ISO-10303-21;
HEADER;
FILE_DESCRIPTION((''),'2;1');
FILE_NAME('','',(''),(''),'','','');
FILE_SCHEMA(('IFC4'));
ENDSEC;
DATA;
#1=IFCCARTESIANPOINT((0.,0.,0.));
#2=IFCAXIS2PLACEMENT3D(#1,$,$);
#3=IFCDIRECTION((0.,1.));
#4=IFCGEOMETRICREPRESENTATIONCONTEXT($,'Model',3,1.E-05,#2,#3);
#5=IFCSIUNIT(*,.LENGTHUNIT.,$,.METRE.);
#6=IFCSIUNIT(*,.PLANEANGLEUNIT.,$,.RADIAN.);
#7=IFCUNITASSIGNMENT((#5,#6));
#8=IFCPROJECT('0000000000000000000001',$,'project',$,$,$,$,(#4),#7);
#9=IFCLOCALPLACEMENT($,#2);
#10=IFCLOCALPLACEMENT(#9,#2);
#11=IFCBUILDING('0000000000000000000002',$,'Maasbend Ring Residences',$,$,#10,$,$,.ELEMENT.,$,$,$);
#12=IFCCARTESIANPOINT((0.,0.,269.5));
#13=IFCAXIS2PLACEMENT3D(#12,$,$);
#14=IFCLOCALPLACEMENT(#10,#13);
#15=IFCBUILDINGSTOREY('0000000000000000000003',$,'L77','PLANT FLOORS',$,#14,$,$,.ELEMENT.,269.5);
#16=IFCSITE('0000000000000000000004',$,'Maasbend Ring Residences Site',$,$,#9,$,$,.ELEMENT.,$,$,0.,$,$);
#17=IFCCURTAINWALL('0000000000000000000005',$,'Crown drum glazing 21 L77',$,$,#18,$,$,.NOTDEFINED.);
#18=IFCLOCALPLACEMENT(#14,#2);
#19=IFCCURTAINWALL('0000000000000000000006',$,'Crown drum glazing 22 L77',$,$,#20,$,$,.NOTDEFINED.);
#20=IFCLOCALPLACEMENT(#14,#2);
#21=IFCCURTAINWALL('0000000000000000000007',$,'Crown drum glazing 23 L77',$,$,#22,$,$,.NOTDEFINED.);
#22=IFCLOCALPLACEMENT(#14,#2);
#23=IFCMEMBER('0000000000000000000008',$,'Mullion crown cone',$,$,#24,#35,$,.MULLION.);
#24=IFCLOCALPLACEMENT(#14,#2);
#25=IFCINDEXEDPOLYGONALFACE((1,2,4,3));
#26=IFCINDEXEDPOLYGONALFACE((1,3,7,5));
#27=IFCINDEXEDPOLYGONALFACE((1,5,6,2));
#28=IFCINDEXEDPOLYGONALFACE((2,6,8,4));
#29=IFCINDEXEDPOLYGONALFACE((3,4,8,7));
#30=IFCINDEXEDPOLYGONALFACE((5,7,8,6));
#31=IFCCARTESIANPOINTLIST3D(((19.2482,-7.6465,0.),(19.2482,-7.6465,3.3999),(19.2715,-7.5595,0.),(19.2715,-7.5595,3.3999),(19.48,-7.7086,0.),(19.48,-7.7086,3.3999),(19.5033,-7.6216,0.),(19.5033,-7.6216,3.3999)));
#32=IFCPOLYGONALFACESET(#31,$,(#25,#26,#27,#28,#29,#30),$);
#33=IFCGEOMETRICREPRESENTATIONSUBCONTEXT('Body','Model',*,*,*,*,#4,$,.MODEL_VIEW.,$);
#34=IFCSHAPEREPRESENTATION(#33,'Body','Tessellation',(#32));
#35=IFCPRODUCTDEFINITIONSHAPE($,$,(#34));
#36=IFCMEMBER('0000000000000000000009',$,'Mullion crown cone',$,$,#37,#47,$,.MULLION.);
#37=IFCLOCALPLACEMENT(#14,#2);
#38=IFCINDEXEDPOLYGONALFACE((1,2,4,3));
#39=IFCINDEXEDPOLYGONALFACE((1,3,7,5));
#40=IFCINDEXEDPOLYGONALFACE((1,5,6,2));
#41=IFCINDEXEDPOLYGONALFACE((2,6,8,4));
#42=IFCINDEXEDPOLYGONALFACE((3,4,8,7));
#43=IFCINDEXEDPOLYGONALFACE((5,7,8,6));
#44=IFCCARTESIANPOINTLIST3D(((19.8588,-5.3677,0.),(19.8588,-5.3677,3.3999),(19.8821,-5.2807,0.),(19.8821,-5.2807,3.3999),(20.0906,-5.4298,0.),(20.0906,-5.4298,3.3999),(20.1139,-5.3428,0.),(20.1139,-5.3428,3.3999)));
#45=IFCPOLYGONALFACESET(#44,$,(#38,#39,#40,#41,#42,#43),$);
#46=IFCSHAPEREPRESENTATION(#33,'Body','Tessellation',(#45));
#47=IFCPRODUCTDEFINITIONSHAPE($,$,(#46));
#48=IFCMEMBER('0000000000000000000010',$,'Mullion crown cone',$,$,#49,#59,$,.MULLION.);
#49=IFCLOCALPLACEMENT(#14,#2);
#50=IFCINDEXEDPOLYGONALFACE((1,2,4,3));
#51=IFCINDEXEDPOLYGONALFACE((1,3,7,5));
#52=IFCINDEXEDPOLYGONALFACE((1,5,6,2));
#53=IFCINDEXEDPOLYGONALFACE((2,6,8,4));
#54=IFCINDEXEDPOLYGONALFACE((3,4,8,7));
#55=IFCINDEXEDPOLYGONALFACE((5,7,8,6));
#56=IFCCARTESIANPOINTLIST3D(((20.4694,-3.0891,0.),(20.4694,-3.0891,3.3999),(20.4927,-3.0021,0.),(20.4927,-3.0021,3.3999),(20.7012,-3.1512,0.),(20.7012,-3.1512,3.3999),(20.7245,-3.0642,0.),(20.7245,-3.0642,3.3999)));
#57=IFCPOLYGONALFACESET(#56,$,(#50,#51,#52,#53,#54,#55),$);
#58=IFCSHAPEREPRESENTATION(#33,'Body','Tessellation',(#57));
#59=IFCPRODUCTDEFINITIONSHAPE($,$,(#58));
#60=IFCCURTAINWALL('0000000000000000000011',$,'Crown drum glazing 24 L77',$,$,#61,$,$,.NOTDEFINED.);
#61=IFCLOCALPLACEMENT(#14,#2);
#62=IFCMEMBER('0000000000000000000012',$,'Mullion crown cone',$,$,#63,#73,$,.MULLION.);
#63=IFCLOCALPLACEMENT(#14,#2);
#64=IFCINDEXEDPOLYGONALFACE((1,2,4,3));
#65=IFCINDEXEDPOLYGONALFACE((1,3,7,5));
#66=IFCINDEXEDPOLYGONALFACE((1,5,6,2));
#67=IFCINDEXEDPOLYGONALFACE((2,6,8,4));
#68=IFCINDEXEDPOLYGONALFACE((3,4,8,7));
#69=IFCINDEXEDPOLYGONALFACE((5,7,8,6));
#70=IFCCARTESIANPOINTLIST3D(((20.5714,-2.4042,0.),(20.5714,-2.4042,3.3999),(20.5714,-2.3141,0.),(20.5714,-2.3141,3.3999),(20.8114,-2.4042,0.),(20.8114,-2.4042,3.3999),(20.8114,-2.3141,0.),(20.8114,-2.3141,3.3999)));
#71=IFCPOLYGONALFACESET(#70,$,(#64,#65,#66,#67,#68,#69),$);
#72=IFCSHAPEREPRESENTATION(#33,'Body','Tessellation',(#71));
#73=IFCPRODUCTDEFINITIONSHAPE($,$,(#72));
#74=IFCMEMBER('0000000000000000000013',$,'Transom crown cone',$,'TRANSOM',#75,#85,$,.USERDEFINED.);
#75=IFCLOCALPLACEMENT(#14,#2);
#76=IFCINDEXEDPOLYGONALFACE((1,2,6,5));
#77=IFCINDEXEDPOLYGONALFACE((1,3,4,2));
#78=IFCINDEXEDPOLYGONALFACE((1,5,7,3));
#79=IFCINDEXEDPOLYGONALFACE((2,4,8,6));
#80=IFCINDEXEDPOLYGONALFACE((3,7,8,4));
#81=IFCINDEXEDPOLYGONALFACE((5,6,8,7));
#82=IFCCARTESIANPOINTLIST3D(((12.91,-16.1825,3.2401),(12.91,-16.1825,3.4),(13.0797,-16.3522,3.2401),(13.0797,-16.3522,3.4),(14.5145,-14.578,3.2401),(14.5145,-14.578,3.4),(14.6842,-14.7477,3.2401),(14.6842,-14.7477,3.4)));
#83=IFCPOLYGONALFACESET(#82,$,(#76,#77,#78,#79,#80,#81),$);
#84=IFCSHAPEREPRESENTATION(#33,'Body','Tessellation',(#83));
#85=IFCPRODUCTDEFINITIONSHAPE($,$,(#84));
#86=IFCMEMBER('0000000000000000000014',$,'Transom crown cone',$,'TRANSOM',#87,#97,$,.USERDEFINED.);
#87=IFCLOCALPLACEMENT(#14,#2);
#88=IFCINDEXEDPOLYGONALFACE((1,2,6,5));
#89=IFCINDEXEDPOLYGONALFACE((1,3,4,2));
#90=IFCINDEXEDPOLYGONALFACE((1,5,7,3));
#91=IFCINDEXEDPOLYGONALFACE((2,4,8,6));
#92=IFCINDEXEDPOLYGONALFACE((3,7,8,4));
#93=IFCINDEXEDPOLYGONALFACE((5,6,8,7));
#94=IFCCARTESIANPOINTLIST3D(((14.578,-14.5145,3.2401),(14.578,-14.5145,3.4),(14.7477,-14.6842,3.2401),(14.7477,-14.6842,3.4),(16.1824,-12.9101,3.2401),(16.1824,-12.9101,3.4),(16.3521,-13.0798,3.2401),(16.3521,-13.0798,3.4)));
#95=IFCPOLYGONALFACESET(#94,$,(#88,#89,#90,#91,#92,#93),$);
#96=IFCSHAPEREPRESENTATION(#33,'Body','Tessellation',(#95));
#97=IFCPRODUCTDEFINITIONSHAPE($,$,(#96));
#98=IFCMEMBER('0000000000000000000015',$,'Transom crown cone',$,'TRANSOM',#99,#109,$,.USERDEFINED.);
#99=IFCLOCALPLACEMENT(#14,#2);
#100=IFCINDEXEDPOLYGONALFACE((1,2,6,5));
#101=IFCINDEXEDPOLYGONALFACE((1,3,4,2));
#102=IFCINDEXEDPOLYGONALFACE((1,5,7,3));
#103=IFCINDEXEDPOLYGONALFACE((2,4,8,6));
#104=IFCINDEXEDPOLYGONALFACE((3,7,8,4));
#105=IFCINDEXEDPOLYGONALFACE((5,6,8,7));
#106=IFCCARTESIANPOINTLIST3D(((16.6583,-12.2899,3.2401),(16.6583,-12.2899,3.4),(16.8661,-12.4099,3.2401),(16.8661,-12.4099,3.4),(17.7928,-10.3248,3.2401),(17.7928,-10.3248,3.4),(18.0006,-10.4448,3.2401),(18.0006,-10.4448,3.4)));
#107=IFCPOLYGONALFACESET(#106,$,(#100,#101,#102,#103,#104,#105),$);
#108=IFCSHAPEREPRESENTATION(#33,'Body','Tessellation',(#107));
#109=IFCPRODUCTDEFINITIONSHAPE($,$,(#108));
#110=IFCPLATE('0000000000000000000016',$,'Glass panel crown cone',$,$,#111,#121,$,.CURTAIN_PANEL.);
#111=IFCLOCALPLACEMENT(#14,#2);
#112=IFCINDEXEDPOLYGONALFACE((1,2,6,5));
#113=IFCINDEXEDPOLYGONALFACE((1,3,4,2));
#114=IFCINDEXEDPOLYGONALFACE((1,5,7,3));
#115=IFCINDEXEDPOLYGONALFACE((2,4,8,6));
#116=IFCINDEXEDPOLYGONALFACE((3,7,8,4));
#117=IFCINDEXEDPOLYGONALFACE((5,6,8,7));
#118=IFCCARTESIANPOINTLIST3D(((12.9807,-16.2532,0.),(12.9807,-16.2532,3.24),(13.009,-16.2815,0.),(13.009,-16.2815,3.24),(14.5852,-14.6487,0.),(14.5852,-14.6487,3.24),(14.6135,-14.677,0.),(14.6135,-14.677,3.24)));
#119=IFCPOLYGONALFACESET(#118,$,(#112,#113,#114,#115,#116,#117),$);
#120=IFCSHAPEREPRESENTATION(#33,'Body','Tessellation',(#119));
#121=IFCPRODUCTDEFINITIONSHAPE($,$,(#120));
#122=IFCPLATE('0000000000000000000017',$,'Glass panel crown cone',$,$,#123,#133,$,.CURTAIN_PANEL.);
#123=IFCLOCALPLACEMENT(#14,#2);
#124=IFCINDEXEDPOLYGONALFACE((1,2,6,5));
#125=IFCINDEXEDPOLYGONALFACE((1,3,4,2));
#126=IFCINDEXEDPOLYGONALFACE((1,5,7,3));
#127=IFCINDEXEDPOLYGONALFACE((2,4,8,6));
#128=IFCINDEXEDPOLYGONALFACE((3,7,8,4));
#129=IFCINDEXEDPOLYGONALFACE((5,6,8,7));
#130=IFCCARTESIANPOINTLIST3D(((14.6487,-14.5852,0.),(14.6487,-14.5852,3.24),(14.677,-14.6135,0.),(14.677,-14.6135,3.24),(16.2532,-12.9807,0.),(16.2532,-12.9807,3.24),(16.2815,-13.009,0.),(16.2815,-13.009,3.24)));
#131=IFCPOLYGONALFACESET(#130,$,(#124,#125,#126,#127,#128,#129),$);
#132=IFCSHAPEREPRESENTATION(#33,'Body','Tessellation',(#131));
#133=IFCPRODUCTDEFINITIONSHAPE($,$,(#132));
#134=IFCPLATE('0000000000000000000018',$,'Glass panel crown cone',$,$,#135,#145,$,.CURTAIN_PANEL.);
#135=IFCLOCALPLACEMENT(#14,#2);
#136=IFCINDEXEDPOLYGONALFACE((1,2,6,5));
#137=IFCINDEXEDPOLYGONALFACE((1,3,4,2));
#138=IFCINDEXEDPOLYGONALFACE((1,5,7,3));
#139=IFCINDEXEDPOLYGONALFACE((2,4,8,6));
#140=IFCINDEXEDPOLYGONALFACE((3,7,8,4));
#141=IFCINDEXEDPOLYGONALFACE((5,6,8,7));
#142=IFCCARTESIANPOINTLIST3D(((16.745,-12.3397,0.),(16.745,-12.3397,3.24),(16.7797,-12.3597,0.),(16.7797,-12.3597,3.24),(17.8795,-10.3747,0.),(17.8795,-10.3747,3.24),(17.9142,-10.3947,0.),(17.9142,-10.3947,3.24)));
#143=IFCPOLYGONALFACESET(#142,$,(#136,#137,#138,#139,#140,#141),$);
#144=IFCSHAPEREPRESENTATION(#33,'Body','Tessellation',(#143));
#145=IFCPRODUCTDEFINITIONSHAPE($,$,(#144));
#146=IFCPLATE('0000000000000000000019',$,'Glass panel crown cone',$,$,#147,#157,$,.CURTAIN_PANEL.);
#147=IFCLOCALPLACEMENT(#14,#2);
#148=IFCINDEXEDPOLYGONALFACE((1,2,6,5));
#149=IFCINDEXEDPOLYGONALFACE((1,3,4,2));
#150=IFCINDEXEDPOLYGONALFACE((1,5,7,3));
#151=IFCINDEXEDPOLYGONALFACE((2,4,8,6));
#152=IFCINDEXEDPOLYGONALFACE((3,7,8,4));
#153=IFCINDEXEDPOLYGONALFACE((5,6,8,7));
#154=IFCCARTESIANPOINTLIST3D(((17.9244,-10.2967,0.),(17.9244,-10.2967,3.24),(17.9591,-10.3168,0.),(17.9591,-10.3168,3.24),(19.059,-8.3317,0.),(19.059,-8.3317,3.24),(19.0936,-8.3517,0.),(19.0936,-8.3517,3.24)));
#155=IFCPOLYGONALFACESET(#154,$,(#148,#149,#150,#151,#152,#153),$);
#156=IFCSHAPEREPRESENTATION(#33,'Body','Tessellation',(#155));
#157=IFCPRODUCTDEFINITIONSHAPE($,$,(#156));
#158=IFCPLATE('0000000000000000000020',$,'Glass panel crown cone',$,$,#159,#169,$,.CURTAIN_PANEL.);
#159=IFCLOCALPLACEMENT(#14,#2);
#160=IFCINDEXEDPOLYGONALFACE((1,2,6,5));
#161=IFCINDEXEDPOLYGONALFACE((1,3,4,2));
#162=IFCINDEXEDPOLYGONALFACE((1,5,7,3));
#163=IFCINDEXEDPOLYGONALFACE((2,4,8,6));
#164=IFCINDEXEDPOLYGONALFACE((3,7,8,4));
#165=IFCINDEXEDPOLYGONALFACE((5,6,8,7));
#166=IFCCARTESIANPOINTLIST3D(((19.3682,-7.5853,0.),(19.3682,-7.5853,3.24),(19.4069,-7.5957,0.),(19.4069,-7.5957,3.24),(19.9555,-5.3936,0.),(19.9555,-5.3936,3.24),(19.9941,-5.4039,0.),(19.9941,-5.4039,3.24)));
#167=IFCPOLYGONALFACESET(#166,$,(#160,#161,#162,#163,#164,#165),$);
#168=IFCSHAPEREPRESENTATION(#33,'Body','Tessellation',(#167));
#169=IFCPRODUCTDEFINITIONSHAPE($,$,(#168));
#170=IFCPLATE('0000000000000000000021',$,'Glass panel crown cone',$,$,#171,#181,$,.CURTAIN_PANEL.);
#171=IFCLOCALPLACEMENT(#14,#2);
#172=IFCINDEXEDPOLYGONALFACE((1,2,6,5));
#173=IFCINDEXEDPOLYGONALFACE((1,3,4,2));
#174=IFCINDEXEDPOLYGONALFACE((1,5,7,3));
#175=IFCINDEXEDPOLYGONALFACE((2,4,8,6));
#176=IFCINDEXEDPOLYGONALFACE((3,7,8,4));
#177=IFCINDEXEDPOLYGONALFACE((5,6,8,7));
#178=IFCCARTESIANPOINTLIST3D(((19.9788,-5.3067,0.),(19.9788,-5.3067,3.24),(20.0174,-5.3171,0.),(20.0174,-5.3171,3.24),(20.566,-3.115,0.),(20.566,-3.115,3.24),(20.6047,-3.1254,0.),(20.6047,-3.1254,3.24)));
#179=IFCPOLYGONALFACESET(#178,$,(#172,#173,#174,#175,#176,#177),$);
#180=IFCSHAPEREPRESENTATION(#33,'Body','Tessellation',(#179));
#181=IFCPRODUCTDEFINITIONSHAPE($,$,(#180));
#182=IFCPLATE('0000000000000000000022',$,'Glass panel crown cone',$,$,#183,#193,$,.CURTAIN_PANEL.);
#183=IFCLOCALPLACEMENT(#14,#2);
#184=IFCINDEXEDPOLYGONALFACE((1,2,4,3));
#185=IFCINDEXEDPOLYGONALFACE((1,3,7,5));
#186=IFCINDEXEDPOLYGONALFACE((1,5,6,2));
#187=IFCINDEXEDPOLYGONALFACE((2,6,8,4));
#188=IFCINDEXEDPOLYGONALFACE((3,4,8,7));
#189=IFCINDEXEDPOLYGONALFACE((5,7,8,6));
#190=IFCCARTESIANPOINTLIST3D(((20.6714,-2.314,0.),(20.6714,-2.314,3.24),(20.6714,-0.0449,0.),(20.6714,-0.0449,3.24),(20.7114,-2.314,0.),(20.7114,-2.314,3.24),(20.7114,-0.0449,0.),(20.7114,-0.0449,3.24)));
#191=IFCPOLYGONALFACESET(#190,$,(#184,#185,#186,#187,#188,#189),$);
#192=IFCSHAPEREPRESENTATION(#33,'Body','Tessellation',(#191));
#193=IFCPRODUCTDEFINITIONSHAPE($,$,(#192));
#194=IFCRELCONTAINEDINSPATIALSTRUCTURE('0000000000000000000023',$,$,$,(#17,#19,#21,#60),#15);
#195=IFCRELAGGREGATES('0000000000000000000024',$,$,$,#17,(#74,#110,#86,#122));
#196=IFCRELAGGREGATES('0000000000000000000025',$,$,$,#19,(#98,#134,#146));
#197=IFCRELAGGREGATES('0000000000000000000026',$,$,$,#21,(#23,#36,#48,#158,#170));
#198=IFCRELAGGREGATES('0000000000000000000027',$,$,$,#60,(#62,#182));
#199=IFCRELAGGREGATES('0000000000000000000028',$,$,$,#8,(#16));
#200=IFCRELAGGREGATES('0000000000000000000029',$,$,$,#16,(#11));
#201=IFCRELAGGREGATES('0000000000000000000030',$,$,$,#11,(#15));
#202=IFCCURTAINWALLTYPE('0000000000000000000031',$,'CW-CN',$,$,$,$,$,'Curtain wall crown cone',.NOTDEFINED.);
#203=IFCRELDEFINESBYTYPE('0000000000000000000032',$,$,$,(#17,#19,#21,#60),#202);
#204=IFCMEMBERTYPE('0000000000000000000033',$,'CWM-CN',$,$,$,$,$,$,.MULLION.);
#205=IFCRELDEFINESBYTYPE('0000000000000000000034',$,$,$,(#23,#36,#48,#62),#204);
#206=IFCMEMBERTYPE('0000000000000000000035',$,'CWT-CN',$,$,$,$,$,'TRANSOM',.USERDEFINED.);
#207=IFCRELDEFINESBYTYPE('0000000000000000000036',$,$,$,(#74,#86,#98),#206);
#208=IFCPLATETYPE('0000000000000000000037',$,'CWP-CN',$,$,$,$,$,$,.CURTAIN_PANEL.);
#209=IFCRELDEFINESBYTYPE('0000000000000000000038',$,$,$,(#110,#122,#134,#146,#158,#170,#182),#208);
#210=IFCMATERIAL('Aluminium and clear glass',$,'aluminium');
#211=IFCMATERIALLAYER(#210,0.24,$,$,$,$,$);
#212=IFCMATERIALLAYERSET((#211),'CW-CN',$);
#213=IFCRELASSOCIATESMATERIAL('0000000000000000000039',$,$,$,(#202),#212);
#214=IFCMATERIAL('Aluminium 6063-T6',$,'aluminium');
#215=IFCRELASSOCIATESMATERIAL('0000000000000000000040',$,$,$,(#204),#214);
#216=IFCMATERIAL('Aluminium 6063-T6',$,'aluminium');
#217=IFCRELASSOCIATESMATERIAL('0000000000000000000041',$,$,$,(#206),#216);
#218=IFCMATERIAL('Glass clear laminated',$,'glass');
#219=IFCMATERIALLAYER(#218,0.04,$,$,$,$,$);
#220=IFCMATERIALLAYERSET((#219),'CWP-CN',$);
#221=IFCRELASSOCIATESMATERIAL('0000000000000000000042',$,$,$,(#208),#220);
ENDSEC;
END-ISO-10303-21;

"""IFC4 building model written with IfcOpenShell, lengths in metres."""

from ifc_helpers import new_model, si_unit, direction, frame, origin, origin_2d, place, context, subcontext, project, spatial, rectangle, extrude, material, layer, layer_set, material_profile, profile_set, type_object, element, aggregate, save


model = new_model("IFC4")

# Units and contexts
model_context = context("Model", 3, precision=1e-05, world=origin(), true_north=direction((0.0, 1.0)))
body_context = subcontext(model_context, "Body", "Model", "MODEL_VIEW")
ifc_project = project(units=[si_unit("LENGTHUNIT", "METRE"), si_unit("PLANEANGLEUNIT", "RADIAN")], contexts=[model_context])

# Site, building, storey
site_placement = place(None, origin())
site = spatial("IfcSite", under=ifc_project, at=site_placement, Name="Maasbend Ring Residences Site", CompositionType="ELEMENT", RefElevation=0.0)
building_placement = place(site_placement, origin())
building = spatial("IfcBuilding", under=site, at=building_placement, Name="Maasbend Ring Residences", CompositionType="ELEMENT")
storey_placement = place(building_placement, frame((0.0, 0.0, 269.5)))
storey = spatial("IfcBuildingStorey", under=building, at=storey_placement, Name="L77", Description="PLANT FLOORS", CompositionType="ELEMENT", Elevation=269.5)

# Shared definitions
ifc_material_1 = material(Name="Aluminium and clear glass", Category="aluminium")
ifc_layer_1 = layer(ifc_material_1, 0.24)
ifc_layer_set_1 = layer_set([ifc_layer_1], Name="CW-CN")
curtain_wall_type = type_object("IfcCurtainWallType", Name="CW-CN", ElementType="Curtain wall crown cone", PredefinedType="NOTDEFINED", material=ifc_layer_set_1)
ifc_material_2 = material(Name="Aluminium 6063-T6", Category="aluminium")
ifc_material_profile_1 = material_profile(ifc_material_2, rectangle(XDim=0.24, YDim=0.0901, at=origin_2d()), Name="AL 240x90")
ifc_profile_set_1 = profile_set([ifc_material_profile_1], Name="Aluminium 6063-T6")
member_type_1 = type_object("IfcMemberType", Name="CWM-CN", PredefinedType="MULLION", material=ifc_profile_set_1)

# Curtain walls, members
curtain_wall_1_placement = place(storey_placement, origin())
curtain_wall_1 = element("IfcCurtainWall", 1, at=curtain_wall_1_placement, inside=storey, type_object=curtain_wall_type, Name="Crown drum glazing 21 L77", PredefinedType="NOTDEFINED")
curtain_wall_2_placement = place(storey_placement, origin())
curtain_wall_2 = element("IfcCurtainWall", 2, at=curtain_wall_2_placement, inside=storey, type_object=curtain_wall_type, Name="Crown drum glazing 22 L77", PredefinedType="NOTDEFINED")
curtain_wall_3_placement = place(storey_placement, origin())
curtain_wall_3 = element("IfcCurtainWall", 3, at=curtain_wall_3_placement, inside=storey, type_object=curtain_wall_type, Name="Crown drum glazing 23 L77", PredefinedType="NOTDEFINED")
member_1_placement = place(storey_placement, frame((19.3757, -7.634, 0.0), z_axis=(0.0, 0.0, 1.0), x_axis=(-0.965926, 0.258819, 0.0)))
member_1 = element("IfcMember", 4, at=member_1_placement, type_object=member_type_1, Name="Mullion crown cone", PredefinedType="MULLION", context=body_context, shape_type="SweptSolid", body=[
    extrude(rectangle(XDim=0.24, YDim=0.0901, at=origin_2d()), origin(), (0.0, 0.0, 1.0), 3.3999),
])
member_2_placement = place(storey_placement, frame((19.9863, -5.3552, 0.0), z_axis=(0.0, 0.0, 1.0), x_axis=(-0.965926, 0.258819, 0.0)))
member_2 = element("IfcMember", 5, at=member_2_placement, type_object=member_type_1, Name="Mullion crown cone", PredefinedType="MULLION", context=body_context, shape_type="SweptSolid", body=[
    extrude(rectangle(XDim=0.24, YDim=0.0901, at=origin_2d()), origin(), (0.0, 0.0, 1.0), 3.3999),
])
member_3_placement = place(storey_placement, frame((20.5969, -3.0767, 0.0), z_axis=(0.0, 0.0, 1.0), x_axis=(-0.965926, 0.258819, 0.0)))
member_3 = element("IfcMember", 6, at=member_3_placement, type_object=member_type_1, Name="Mullion crown cone", PredefinedType="MULLION", context=body_context, shape_type="SweptSolid", body=[
    extrude(rectangle(XDim=0.24, YDim=0.0901, at=origin_2d()), origin(), (0.0, 0.0, 1.0), 3.3999),
])

# Curtain wall, member
curtain_wall_4_placement = place(storey_placement, origin())
curtain_wall_4 = element("IfcCurtainWall", 7, at=curtain_wall_4_placement, inside=storey, type_object=curtain_wall_type, Name="Crown drum glazing 24 L77", PredefinedType="NOTDEFINED")
member_4_placement = place(storey_placement, frame((20.6914, -2.3591, 0.0), z_axis=(0.0, 0.0, 1.0), x_axis=(-1.0, 0.0, 0.0)))
member_4 = element("IfcMember", 8, at=member_4_placement, type_object=member_type_1, Name="Mullion crown cone", PredefinedType="MULLION", context=body_context, shape_type="SweptSolid", body=[
    extrude(rectangle(XDim=0.24, YDim=0.0901, at=origin_2d()), origin(), (0.0, 0.0, 1.0), 3.3999),
])

# Members
ifc_material_3 = material(Name="Aluminium 6063-T6", Category="aluminium")
ifc_material_profile_2 = material_profile(ifc_material_3, rectangle(XDim=0.24, YDim=0.1599, at=origin_2d()), Name="AL 240x160")
ifc_profile_set_2 = profile_set([ifc_material_profile_2], Name="Aluminium 6063-T6")
member_type_2 = type_object("IfcMemberType", Name="CWT-CN", ElementType="TRANSOM", PredefinedType="USERDEFINED", material=ifc_profile_set_2)
member_5_placement = place(storey_placement, frame((12.9949, -16.2673, 3.3201), z_axis=(0.707107, 0.707107, 0.0), x_axis=(-0.707107, 0.707107, 0.0)))
member_5 = element("IfcMember", 9, at=member_5_placement, type_object=member_type_2, Name="Transom crown cone", ObjectType="TRANSOM", PredefinedType="USERDEFINED", context=body_context, shape_type="SweptSolid", body=[
    extrude(rectangle(XDim=0.24, YDim=0.1599, at=origin_2d()), origin(), (0.0, 0.0, 1.0), 2.269),
])
member_6_placement = place(storey_placement, frame((14.6628, -14.5994, 3.3201), z_axis=(0.707107, 0.707107, 0.0), x_axis=(-0.707107, 0.707107, 0.0)))
member_6 = element("IfcMember", 10, at=member_6_placement, type_object=member_type_2, Name="Transom crown cone", ObjectType="TRANSOM", PredefinedType="USERDEFINED", context=body_context, shape_type="SweptSolid", body=[
    extrude(rectangle(XDim=0.24, YDim=0.1599, at=origin_2d()), origin(), (0.0, 0.0, 1.0), 2.269),
])
member_7_placement = place(storey_placement, frame((16.7622, -12.3499, 3.3201), z_axis=(0.499993, 0.86603, 0.0), x_axis=(-0.86603, 0.499993, 0.0)))
member_7 = element("IfcMember", 11, at=member_7_placement, type_object=member_type_2, Name="Transom crown cone", ObjectType="TRANSOM", PredefinedType="USERDEFINED", context=body_context, shape_type="SweptSolid", body=[
    extrude(rectangle(XDim=0.24, YDim=0.1599, at=origin_2d()), origin(), (0.0, 0.0, 1.0), 2.269),
])

# Plates
ifc_material_4 = material(Name="Glass clear laminated", Category="glass")
ifc_layer_2 = layer(ifc_material_4, 0.04)
ifc_layer_set_2 = layer_set([ifc_layer_2], Name="CWP-CN")
plate_type = type_object("IfcPlateType", Name="CWP-CN", PredefinedType="CURTAIN_PANEL", material=ifc_layer_set_2)
plate_1_placement = place(storey_placement, frame((13.7971, -15.4651, 0.0), z_axis=(0.0, 0.0, 1.0), x_axis=(0.707107, 0.707107, 0.0)))
plate_1 = element("IfcPlate", 12, at=plate_1_placement, type_object=plate_type, Name="Glass panel crown cone", PredefinedType="CURTAIN_PANEL", context=body_context, shape_type="SweptSolid", body=[
    extrude(rectangle(XDim=2.269, YDim=0.04, at=origin_2d()), origin(), (0.0, 0.0, 1.0), 3.24),
])
plate_2_placement = place(storey_placement, frame((15.4651, -13.7971, 0.0), z_axis=(0.0, 0.0, 1.0), x_axis=(0.707107, 0.707107, 0.0)))
plate_2 = element("IfcPlate", 13, at=plate_2_placement, type_object=plate_type, Name="Glass panel crown cone", PredefinedType="CURTAIN_PANEL", context=body_context, shape_type="SweptSolid", body=[
    extrude(rectangle(XDim=2.269, YDim=0.04, at=origin_2d()), origin(), (0.0, 0.0, 1.0), 3.24),
])
aggregate(curtain_wall_1, [member_5, plate_1, member_6, plate_2])
plate_3_placement = place(storey_placement, frame((17.3296, -11.3672, 0.0), z_axis=(0.0, 0.0, 1.0), x_axis=(0.5, 0.866025, 0.0)))
plate_3 = element("IfcPlate", 14, at=plate_3_placement, type_object=plate_type, Name="Glass panel crown cone", PredefinedType="CURTAIN_PANEL", context=body_context, shape_type="SweptSolid", body=[
    extrude(rectangle(XDim=2.269, YDim=0.04, at=origin_2d()), origin(), (0.0, 0.0, 1.0), 3.24),
])
plate_4_placement = place(storey_placement, frame((18.509, -9.3242, 0.0), z_axis=(0.0, 0.0, 1.0), x_axis=(0.5, 0.866025, 0.0)))
plate_4 = element("IfcPlate", 15, at=plate_4_placement, type_object=plate_type, Name="Glass panel crown cone", PredefinedType="CURTAIN_PANEL", context=body_context, shape_type="SweptSolid", body=[
    extrude(rectangle(XDim=2.269, YDim=0.04, at=origin_2d()), origin(), (0.0, 0.0, 1.0), 3.24),
])
aggregate(curtain_wall_2, [member_7, plate_3, plate_4])
plate_5_placement = place(storey_placement, frame((19.6812, -6.4946, 0.0), z_axis=(0.0, 0.0, 1.0), x_axis=(0.258819, 0.965926, 0.0)))
plate_5 = element("IfcPlate", 16, at=plate_5_placement, type_object=plate_type, Name="Glass panel crown cone", PredefinedType="CURTAIN_PANEL", context=body_context, shape_type="SweptSolid", body=[
    extrude(rectangle(XDim=2.269, YDim=0.04, at=origin_2d()), origin(), (0.0, 0.0, 1.0), 3.24),
])
plate_6_placement = place(storey_placement, frame((20.2917, -4.2161, 0.0), z_axis=(0.0, 0.0, 1.0), x_axis=(0.258819, 0.965926, 0.0)))
plate_6 = element("IfcPlate", 17, at=plate_6_placement, type_object=plate_type, Name="Glass panel crown cone", PredefinedType="CURTAIN_PANEL", context=body_context, shape_type="SweptSolid", body=[
    extrude(rectangle(XDim=2.269, YDim=0.04, at=origin_2d()), origin(), (0.0, 0.0, 1.0), 3.24),
])
aggregate(curtain_wall_3, [member_1, member_2, member_3, plate_5, plate_6])
plate_7_placement = place(storey_placement, frame((20.6914, -1.1794, 0.0), z_axis=(0.0, 0.0, 1.0), x_axis=(0.0, 1.0, 0.0)))
plate_7 = element("IfcPlate", 18, at=plate_7_placement, type_object=plate_type, Name="Glass panel crown cone", PredefinedType="CURTAIN_PANEL", context=body_context, shape_type="SweptSolid", body=[
    extrude(rectangle(XDim=2.269, YDim=0.04, at=origin_2d()), origin(), (0.0, 0.0, 1.0), 3.24),
])
aggregate(curtain_wall_4, [member_4, plate_7])

save(model, "model.ifc")
